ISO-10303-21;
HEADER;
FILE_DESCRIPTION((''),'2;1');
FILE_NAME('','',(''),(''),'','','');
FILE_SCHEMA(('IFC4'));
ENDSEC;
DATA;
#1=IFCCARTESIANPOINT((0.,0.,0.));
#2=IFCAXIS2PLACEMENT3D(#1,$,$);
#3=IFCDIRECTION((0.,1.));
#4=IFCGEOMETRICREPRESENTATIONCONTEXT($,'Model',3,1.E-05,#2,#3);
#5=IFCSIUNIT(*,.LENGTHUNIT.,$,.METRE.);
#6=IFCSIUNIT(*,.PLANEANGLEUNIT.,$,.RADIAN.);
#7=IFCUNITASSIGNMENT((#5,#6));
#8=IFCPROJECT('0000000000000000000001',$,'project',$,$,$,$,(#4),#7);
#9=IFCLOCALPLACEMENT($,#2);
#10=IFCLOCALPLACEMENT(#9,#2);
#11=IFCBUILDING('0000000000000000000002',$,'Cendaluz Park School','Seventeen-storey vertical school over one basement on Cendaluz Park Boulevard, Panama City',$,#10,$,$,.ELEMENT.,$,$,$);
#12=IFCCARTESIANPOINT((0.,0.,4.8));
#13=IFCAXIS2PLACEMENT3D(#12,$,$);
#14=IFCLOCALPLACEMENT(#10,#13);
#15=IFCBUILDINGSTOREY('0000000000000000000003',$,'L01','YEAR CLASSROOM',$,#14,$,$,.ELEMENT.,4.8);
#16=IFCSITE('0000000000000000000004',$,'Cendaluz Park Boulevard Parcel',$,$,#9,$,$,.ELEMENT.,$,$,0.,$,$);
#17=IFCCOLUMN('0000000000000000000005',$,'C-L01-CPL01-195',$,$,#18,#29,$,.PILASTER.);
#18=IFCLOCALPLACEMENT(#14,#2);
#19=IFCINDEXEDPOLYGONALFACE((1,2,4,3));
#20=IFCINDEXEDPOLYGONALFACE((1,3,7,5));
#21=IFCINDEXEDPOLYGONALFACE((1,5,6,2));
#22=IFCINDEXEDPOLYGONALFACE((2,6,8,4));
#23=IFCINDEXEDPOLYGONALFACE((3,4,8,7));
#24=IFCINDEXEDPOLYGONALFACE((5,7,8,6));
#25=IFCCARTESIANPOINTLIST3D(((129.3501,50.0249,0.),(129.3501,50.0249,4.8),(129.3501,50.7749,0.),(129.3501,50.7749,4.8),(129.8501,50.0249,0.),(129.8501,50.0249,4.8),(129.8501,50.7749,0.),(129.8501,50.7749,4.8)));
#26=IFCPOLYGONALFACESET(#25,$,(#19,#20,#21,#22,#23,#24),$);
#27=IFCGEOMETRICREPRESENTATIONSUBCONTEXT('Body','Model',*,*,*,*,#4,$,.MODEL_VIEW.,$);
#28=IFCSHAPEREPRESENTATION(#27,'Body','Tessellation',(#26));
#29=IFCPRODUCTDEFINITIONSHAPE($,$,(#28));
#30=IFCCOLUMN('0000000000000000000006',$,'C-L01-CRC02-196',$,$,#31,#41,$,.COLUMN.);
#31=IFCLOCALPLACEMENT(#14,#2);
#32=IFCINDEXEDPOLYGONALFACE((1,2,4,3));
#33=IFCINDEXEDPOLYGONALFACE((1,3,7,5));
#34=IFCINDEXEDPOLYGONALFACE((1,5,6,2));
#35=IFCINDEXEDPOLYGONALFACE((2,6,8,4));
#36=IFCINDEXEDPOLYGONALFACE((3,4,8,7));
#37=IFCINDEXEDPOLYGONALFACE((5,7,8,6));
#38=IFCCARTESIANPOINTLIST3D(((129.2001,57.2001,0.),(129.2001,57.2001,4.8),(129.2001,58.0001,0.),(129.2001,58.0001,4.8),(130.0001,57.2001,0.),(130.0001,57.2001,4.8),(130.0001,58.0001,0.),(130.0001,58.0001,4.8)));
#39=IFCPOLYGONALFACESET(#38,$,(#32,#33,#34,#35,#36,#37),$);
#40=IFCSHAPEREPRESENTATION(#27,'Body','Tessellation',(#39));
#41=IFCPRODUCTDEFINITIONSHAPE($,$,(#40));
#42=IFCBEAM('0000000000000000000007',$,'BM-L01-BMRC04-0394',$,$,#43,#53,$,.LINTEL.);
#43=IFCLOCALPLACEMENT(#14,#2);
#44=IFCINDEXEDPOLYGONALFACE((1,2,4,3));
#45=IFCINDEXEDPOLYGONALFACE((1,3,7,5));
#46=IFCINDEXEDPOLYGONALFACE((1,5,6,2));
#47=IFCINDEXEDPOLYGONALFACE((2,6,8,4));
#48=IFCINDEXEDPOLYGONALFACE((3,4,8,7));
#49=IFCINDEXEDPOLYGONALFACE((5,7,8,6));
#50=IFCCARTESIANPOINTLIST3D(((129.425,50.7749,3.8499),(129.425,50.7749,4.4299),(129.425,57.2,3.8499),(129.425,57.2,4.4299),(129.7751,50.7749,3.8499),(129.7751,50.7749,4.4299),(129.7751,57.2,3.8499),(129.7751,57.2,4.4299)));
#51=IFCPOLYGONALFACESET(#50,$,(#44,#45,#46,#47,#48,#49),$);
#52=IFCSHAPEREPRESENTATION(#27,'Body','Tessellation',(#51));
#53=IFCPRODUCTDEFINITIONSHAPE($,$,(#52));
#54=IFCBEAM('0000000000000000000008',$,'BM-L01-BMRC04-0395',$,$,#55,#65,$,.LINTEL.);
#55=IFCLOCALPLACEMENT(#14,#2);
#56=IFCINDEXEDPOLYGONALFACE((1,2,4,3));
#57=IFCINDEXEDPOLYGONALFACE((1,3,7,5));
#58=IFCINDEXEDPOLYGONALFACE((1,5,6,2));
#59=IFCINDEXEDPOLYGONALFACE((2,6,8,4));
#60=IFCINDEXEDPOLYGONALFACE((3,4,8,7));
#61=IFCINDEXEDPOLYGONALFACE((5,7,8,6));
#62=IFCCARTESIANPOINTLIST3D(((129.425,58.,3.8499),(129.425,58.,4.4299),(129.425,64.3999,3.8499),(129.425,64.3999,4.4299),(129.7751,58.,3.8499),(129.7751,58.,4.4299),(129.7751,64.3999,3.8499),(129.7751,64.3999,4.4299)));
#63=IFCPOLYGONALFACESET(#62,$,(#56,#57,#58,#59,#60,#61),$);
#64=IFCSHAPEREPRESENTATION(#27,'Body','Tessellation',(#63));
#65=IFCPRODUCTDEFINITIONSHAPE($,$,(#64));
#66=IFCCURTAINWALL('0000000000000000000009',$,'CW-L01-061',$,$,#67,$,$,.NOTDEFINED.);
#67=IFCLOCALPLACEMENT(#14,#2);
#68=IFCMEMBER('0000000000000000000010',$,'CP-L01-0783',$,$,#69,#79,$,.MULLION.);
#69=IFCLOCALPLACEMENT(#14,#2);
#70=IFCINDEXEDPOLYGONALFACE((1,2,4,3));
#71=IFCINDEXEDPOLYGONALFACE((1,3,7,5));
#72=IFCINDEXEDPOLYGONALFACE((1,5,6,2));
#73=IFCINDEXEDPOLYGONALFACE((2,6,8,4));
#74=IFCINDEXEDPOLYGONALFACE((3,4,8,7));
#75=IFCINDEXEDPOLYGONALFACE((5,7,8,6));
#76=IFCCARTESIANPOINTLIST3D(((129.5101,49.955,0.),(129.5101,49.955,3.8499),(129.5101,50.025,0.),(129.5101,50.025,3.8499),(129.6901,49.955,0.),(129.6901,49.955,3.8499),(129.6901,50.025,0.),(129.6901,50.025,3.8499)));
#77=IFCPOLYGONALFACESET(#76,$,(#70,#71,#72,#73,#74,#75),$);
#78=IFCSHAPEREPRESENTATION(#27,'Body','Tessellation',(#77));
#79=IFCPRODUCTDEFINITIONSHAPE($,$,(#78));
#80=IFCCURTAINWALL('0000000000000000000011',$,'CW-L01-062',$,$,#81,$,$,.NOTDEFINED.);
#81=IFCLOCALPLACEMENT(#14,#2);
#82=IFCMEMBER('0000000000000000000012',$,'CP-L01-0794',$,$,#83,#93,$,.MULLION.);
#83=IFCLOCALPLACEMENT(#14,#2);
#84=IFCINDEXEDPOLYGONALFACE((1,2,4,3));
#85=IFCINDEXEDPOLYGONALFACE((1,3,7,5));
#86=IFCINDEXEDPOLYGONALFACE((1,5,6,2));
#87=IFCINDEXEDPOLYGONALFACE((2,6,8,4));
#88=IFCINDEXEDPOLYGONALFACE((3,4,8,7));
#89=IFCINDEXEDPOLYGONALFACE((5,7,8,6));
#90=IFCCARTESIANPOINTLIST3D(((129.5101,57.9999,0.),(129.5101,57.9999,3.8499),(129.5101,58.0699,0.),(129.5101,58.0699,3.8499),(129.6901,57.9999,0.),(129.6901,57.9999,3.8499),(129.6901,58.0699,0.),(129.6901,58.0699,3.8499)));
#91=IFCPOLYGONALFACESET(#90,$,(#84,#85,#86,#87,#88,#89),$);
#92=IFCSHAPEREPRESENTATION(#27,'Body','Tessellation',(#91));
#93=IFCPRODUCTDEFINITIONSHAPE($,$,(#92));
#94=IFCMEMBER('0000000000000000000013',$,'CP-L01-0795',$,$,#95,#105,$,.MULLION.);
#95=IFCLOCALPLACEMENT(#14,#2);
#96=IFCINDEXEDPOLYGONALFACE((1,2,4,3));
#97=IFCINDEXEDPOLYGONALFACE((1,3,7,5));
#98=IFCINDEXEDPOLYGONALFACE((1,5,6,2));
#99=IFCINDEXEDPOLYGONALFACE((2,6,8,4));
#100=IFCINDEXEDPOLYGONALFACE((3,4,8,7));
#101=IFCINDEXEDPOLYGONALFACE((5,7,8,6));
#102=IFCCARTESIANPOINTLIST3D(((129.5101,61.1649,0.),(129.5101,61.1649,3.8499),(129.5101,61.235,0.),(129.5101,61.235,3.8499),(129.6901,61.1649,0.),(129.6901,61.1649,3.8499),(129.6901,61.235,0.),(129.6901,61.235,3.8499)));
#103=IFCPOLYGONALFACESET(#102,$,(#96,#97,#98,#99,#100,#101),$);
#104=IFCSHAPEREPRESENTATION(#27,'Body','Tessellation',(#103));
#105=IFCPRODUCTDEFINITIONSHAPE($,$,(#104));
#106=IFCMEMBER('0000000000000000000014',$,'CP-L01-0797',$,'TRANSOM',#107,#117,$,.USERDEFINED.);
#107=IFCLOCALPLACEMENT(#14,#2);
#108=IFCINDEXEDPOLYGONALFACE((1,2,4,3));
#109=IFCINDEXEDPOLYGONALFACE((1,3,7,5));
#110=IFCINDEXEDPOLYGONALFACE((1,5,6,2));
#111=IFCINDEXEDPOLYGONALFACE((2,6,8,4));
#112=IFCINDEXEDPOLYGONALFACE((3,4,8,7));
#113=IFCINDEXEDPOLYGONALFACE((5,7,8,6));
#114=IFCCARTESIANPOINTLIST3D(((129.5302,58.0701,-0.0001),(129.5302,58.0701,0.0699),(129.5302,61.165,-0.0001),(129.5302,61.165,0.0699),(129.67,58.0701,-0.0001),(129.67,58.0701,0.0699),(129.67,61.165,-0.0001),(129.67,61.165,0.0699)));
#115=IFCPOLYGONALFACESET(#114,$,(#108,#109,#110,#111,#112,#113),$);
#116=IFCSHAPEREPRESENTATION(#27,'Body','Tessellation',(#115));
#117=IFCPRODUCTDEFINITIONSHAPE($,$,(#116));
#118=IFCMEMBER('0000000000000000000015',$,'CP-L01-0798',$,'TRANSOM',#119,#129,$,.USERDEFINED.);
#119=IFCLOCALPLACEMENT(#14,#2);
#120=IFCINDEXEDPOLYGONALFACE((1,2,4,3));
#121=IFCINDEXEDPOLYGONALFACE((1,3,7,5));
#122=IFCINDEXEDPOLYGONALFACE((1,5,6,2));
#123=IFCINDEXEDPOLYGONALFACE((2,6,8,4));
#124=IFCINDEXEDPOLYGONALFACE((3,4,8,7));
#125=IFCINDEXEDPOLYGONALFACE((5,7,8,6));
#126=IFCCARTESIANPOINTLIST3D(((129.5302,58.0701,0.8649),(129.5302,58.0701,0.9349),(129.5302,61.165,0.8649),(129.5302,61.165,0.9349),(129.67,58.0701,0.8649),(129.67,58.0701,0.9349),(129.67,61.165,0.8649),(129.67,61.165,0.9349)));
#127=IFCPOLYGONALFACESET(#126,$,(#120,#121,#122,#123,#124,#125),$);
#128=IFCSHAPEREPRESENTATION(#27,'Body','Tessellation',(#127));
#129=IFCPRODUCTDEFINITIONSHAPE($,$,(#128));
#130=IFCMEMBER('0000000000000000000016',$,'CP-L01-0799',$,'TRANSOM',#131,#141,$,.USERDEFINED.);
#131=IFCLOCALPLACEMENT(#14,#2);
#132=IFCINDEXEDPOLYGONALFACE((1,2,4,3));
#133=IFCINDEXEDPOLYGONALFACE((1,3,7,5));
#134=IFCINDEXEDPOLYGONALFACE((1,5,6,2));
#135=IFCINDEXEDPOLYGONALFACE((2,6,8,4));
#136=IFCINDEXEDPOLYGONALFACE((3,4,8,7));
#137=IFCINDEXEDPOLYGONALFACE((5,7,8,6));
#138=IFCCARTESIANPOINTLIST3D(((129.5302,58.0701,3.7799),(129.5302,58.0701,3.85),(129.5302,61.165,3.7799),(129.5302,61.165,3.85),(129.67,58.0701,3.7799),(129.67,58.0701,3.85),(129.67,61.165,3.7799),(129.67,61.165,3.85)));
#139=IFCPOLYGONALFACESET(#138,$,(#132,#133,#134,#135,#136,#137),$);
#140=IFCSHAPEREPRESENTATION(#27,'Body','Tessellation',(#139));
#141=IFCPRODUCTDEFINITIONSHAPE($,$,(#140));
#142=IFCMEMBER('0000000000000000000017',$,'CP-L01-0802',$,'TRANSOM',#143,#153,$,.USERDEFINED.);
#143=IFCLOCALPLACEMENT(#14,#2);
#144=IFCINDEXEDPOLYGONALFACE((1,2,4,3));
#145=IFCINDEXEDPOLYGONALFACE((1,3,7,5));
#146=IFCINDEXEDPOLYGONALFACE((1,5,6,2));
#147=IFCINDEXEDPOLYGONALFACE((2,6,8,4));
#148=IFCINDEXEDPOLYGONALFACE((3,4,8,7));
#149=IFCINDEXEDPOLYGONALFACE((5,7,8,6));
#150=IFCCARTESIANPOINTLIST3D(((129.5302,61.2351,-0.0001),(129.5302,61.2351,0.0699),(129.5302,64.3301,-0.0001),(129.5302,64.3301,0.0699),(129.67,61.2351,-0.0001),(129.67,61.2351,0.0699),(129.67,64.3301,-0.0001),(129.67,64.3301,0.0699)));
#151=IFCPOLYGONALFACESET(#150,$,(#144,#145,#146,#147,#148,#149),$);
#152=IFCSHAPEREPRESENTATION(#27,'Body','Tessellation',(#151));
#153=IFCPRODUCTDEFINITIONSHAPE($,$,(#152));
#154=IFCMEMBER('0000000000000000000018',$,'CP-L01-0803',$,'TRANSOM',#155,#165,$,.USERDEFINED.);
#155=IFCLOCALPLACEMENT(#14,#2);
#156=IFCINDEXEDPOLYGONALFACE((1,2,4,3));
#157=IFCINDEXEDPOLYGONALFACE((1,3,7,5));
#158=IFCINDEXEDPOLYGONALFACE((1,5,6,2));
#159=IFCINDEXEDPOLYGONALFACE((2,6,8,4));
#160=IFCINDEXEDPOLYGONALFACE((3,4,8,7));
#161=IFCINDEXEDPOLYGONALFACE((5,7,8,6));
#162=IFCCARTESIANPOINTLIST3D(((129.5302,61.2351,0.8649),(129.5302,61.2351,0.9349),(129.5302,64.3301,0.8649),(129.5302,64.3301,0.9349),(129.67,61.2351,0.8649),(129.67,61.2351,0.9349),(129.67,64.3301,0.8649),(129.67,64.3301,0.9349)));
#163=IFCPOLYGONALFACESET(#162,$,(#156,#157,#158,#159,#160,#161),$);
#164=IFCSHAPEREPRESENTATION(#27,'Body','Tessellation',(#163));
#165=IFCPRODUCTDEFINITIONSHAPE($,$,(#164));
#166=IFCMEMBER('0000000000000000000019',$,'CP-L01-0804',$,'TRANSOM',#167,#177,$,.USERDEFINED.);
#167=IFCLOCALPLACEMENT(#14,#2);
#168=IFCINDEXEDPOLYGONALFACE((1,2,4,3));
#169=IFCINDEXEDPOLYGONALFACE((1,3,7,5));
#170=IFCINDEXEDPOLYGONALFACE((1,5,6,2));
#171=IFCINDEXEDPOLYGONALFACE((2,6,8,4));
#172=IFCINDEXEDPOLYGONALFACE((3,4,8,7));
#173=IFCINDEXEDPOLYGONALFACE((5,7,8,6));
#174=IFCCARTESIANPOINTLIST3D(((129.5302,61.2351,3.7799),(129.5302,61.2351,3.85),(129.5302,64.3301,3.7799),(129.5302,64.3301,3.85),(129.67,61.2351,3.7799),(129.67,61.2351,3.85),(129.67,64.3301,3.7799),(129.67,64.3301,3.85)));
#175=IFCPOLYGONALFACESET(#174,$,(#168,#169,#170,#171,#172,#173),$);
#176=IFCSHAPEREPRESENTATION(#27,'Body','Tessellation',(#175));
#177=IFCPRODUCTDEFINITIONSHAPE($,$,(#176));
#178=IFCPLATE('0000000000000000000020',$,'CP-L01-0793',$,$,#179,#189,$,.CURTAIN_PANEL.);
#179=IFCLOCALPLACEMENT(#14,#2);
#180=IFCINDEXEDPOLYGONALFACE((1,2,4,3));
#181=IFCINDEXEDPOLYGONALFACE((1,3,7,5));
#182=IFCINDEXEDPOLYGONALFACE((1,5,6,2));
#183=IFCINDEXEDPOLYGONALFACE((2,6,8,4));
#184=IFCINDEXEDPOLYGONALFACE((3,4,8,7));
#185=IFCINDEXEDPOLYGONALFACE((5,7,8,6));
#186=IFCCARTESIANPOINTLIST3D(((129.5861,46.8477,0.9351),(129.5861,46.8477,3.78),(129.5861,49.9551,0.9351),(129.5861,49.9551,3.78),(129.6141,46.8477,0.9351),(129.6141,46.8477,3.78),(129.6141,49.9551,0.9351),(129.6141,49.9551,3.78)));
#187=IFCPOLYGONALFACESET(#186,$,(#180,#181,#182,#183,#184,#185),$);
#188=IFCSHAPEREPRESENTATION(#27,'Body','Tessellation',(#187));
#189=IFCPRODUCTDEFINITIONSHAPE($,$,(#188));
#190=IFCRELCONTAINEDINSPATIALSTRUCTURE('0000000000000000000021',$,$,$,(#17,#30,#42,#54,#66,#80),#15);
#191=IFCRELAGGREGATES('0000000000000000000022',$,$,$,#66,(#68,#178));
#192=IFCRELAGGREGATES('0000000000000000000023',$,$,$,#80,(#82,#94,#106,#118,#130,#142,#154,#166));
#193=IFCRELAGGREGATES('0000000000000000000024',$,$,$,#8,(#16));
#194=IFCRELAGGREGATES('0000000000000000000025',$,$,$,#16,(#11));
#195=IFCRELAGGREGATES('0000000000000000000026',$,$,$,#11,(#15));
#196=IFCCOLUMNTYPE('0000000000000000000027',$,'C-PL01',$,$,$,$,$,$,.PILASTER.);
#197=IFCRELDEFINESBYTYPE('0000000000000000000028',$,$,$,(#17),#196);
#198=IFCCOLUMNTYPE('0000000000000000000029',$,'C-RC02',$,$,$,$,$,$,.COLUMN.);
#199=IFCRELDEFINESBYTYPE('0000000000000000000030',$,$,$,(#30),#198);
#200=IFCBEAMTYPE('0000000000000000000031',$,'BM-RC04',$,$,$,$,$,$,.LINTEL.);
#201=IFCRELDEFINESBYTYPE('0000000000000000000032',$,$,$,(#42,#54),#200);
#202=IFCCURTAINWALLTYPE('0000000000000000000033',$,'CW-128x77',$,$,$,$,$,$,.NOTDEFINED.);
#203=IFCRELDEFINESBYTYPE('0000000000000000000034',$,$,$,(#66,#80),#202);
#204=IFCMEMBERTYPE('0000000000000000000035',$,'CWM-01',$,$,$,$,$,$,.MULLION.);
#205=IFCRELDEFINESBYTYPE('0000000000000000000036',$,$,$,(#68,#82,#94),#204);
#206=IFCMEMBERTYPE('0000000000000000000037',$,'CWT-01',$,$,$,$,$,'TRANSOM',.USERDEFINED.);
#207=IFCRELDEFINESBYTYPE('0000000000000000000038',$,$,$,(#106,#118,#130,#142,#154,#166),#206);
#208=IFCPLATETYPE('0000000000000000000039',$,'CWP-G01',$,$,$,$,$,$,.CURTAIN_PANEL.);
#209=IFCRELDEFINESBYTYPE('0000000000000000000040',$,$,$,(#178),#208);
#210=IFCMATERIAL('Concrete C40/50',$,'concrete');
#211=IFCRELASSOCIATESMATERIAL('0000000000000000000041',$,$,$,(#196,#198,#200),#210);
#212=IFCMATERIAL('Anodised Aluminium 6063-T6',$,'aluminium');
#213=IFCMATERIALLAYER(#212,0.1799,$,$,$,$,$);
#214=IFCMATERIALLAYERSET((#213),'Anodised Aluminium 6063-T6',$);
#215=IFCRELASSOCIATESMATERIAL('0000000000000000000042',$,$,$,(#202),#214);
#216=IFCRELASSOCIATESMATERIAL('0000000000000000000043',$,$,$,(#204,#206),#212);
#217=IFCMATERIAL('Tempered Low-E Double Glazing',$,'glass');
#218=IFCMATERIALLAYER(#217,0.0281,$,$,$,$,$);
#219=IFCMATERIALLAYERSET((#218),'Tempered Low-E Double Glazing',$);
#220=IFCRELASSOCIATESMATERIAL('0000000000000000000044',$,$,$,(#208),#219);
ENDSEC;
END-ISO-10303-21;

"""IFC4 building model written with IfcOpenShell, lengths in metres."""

from ifc_helpers import new_model, si_unit, direction, frame, origin, origin_2d, place, context, subcontext, project, spatial, rectangle, extrude, material, layer, layer_set, material_profile, profile_set, type_object, element, aggregate, save


model = new_model("IFC4")

# Units and contexts
model_context = context("Model", 3, precision=1e-05, world=origin(), true_north=direction((0.0, 1.0)))
body_context = subcontext(model_context, "Body", "Model", "MODEL_VIEW")
ifc_project = project(units=[si_unit("LENGTHUNIT", "METRE"), si_unit("PLANEANGLEUNIT", "RADIAN")], contexts=[model_context])

# Site, building, storey
site_placement = place(None, origin())
site = spatial("IfcSite", under=ifc_project, at=site_placement, Name="Cendaluz Park Boulevard Parcel", CompositionType="ELEMENT", RefElevation=0.0)
building_placement = place(site_placement, origin())
building = spatial("IfcBuilding", under=site, at=building_placement, Name="Cendaluz Park School", Description="Seventeen-storey vertical school over one basement on Cendaluz Park Boulevard, Panama City", CompositionType="ELEMENT")
storey_placement = place(building_placement, frame((0.0, 0.0, 4.8)))
storey = spatial("IfcBuildingStorey", under=building, at=storey_placement, Name="L01", Description="YEAR CLASSROOM", CompositionType="ELEMENT", Elevation=4.8)

# Columns
ifc_material_1 = material(Name="Concrete C40/50", Category="concrete")
ifc_material_profile_1 = material_profile(ifc_material_1, rectangle(XDim=0.5, YDim=0.75, at=origin_2d()), Name="RC 500x750", Category="concrete")
ifc_profile_set_1 = profile_set([ifc_material_profile_1], Name="Concrete C40/50")
column_type_1 = type_object("IfcColumnType", Name="C-PL01", PredefinedType="PILASTER", material=ifc_profile_set_1)
column_1_placement = place(storey_placement, frame((129.6001, 50.3999, 0.0), z_axis=(0.0, 0.0, 1.0), x_axis=(1.0, 0.0, 0.0)))
element("IfcColumn", 1, at=column_1_placement, inside=storey, type_object=column_type_1, Name="C-L01-CPL01-195", PredefinedType="PILASTER", context=body_context, shape_type="SweptSolid", body=[
    extrude(rectangle(XDim=0.5, YDim=0.75, at=origin_2d()), origin(), (0.0, 0.0, 1.0), 4.8),
])
ifc_material_profile_2 = material_profile(ifc_material_1, rectangle(XDim=0.8, YDim=0.8, at=origin_2d()), Name="RC 800x800", Category="concrete")
ifc_profile_set_2 = profile_set([ifc_material_profile_2], Name="Concrete C40/50")
column_type_2 = type_object("IfcColumnType", Name="C-RC02", PredefinedType="COLUMN", material=ifc_profile_set_2)
column_2_placement = place(storey_placement, frame((129.6001, 57.6001, 0.0), z_axis=(0.0, 0.0, 1.0), x_axis=(1.0, 0.0, 0.0)))
element("IfcColumn", 2, at=column_2_placement, inside=storey, type_object=column_type_2, Name="C-L01-CRC02-196", PredefinedType="COLUMN", context=body_context, shape_type="SweptSolid", body=[
    extrude(rectangle(XDim=0.8, YDim=0.8, at=origin_2d()), origin(), (0.0, 0.0, 1.0), 4.8),
])

# Beams
ifc_material_profile_3 = material_profile(ifc_material_1, rectangle(XDim=0.3501, YDim=0.5801, at=origin_2d()), Name="RC 350x580", Category="concrete")
ifc_profile_set_3 = profile_set([ifc_material_profile_3], Name="Concrete C40/50")
beam_type = type_object("IfcBeamType", Name="BM-RC04", PredefinedType="LINTEL", material=ifc_profile_set_3)
beam_1_placement = place(storey_placement, frame((129.6001, 50.7749, 4.1399), z_axis=(0.0, 1.0, 0.0), x_axis=(-1.0, 0.0, 0.0)))
element("IfcBeam", 3, at=beam_1_placement, inside=storey, type_object=beam_type, Name="BM-L01-BMRC04-0394", PredefinedType="LINTEL", context=body_context, shape_type="SweptSolid", body=[
    extrude(rectangle(XDim=0.3501, YDim=0.5801, at=origin_2d()), origin(), (0.0, 0.0, 1.0), 6.425),
])
beam_2_placement = place(storey_placement, frame((129.6001, 58.0, 4.1399), z_axis=(0.0, 1.0, 0.0), x_axis=(-1.0, 0.0, 0.0)))
element("IfcBeam", 4, at=beam_2_placement, inside=storey, type_object=beam_type, Name="BM-L01-BMRC04-0395", PredefinedType="LINTEL", context=body_context, shape_type="SweptSolid", body=[
    extrude(rectangle(XDim=0.3501, YDim=0.5801, at=origin_2d()), origin(), (0.0, 0.0, 1.0), 6.3999),
])

# Curtain wall, member
ifc_material_2 = material(Name="Anodised Aluminium 6063-T6", Category="aluminium")
ifc_layer_1 = layer(ifc_material_2, 0.1799)
ifc_layer_set_1 = layer_set([ifc_layer_1], Name="Anodised Aluminium 6063-T6")
curtain_wall_type = type_object("IfcCurtainWallType", Name="CW-128x77", PredefinedType="NOTDEFINED", material=ifc_layer_set_1)
curtain_wall_1_placement = place(storey_placement, origin())
curtain_wall_1 = element("IfcCurtainWall", 5, at=curtain_wall_1_placement, inside=storey, type_object=curtain_wall_type, Name="CW-L01-061", PredefinedType="NOTDEFINED")
ifc_material_profile_4 = material_profile(ifc_material_2, rectangle(XDim=0.1799, YDim=0.0701, at=origin_2d()), Name="CWM 180x70", Category="aluminium")
ifc_profile_set_4 = profile_set([ifc_material_profile_4], Name="Anodised Aluminium 6063-T6")
member_type_1 = type_object("IfcMemberType", Name="CWM-01", PredefinedType="MULLION", material=ifc_profile_set_4)
member_1_placement = place(storey_placement, frame((129.6001, 49.99, 0.0), z_axis=(0.0, 0.0, 1.0), x_axis=(-1.0, 0.0, 0.0)))
member_1 = element("IfcMember", 6, at=member_1_placement, type_object=member_type_1, Name="CP-L01-0783", PredefinedType="MULLION", context=body_context, shape_type="SweptSolid", body=[
    extrude(rectangle(XDim=0.1799, YDim=0.0701, at=origin_2d()), origin(), (0.0, 0.0, 1.0), 3.8499),
])

# Curtain wall, members
curtain_wall_2_placement = place(storey_placement, origin())
curtain_wall_2 = element("IfcCurtainWall", 7, at=curtain_wall_2_placement, inside=storey, type_object=curtain_wall_type, Name="CW-L01-062", PredefinedType="NOTDEFINED")
member_2_placement = place(storey_placement, frame((129.6001, 58.0349, 0.0), z_axis=(0.0, 0.0, 1.0), x_axis=(-1.0, 0.0, 0.0)))
member_2 = element("IfcMember", 8, at=member_2_placement, type_object=member_type_1, Name="CP-L01-0794", PredefinedType="MULLION", context=body_context, shape_type="SweptSolid", body=[
    extrude(rectangle(XDim=0.1799, YDim=0.0701, at=origin_2d()), origin(), (0.0, 0.0, 1.0), 3.8499),
])
member_3_placement = place(storey_placement, frame((129.6001, 61.2, 0.0), z_axis=(0.0, 0.0, 1.0), x_axis=(-1.0, 0.0, 0.0)))
member_3 = element("IfcMember", 9, at=member_3_placement, type_object=member_type_1, Name="CP-L01-0795", PredefinedType="MULLION", context=body_context, shape_type="SweptSolid", body=[
    extrude(rectangle(XDim=0.1799, YDim=0.0701, at=origin_2d()), origin(), (0.0, 0.0, 1.0), 3.8499),
])
ifc_material_profile_5 = material_profile(ifc_material_2, rectangle(XDim=0.1399, YDim=0.0701, at=origin_2d()), Name="CWT 140x70", Category="aluminium")
ifc_profile_set_5 = profile_set([ifc_material_profile_5], Name="Anodised Aluminium 6063-T6")
member_type_2 = type_object("IfcMemberType", Name="CWT-01", ElementType="TRANSOM", PredefinedType="USERDEFINED", material=ifc_profile_set_5)
member_4_placement = place(storey_placement, frame((129.6001, 58.0701, 0.0349), z_axis=(0.0, 1.0, 0.0), x_axis=(-1.0, 0.0, 0.0)))
member_4 = element("IfcMember", 10, at=member_4_placement, type_object=member_type_2, Name="CP-L01-0797", ObjectType="TRANSOM", PredefinedType="USERDEFINED", context=body_context, shape_type="SweptSolid", body=[
    extrude(rectangle(XDim=0.1399, YDim=0.0701, at=origin_2d()), origin(), (0.0, 0.0, 1.0), 3.095),
])
member_5_placement = place(storey_placement, frame((129.6001, 58.0701, 0.8999), z_axis=(0.0, 1.0, 0.0), x_axis=(-1.0, 0.0, 0.0)))
member_5 = element("IfcMember", 11, at=member_5_placement, type_object=member_type_2, Name="CP-L01-0798", ObjectType="TRANSOM", PredefinedType="USERDEFINED", context=body_context, shape_type="SweptSolid", body=[
    extrude(rectangle(XDim=0.1399, YDim=0.0701, at=origin_2d()), origin(), (0.0, 0.0, 1.0), 3.095),
])
member_6_placement = place(storey_placement, frame((129.6001, 58.0701, 3.8149), z_axis=(0.0, 1.0, 0.0), x_axis=(-1.0, 0.0, 0.0)))
member_6 = element("IfcMember", 12, at=member_6_placement, type_object=member_type_2, Name="CP-L01-0799", ObjectType="TRANSOM", PredefinedType="USERDEFINED", context=body_context, shape_type="SweptSolid", body=[
    extrude(rectangle(XDim=0.1399, YDim=0.0701, at=origin_2d()), origin(), (0.0, 0.0, 1.0), 3.095),
])
member_7_placement = place(storey_placement, frame((129.6001, 61.2351, 0.0349), z_axis=(0.0, 1.0, 0.0), x_axis=(-1.0, 0.0, 0.0)))
member_7 = element("IfcMember", 13, at=member_7_placement, type_object=member_type_2, Name="CP-L01-0802", ObjectType="TRANSOM", PredefinedType="USERDEFINED", context=body_context, shape_type="SweptSolid", body=[
    extrude(rectangle(XDim=0.1399, YDim=0.0701, at=origin_2d()), origin(), (0.0, 0.0, 1.0), 3.095),
])
member_8_placement = place(storey_placement, frame((129.6001, 61.2351, 0.8999), z_axis=(0.0, 1.0, 0.0), x_axis=(-1.0, 0.0, 0.0)))
member_8 = element("IfcMember", 14, at=member_8_placement, type_object=member_type_2, Name="CP-L01-0803", ObjectType="TRANSOM", PredefinedType="USERDEFINED", context=body_context, shape_type="SweptSolid", body=[
    extrude(rectangle(XDim=0.1399, YDim=0.0701, at=origin_2d()), origin(), (0.0, 0.0, 1.0), 3.095),
])
member_9_placement = place(storey_placement, frame((129.6001, 61.2351, 3.8149), z_axis=(0.0, 1.0, 0.0), x_axis=(-1.0, 0.0, 0.0)))
member_9 = element("IfcMember", 15, at=member_9_placement, type_object=member_type_2, Name="CP-L01-0804", ObjectType="TRANSOM", PredefinedType="USERDEFINED", context=body_context, shape_type="SweptSolid", body=[
    extrude(rectangle(XDim=0.1399, YDim=0.0701, at=origin_2d()), origin(), (0.0, 0.0, 1.0), 3.095),
])

# Plate
ifc_material_3 = material(Name="Tempered Low-E Double Glazing", Category="glass")
ifc_layer_2 = layer(ifc_material_3, 0.0281)
ifc_layer_set_2 = layer_set([ifc_layer_2], Name="Tempered Low-E Double Glazing")
plate_type_1 = type_object("IfcPlateType", Name="CWP-G01", PredefinedType="CURTAIN_PANEL", material=ifc_layer_set_2)
plate_1_placement = place(storey_placement, frame((129.6001, 48.4014, 0.9351), z_axis=(0.0, 0.0, 1.0), x_axis=(0.0, 1.0, 0.0)))
plate_1 = element("IfcPlate", 16, at=plate_1_placement, type_object=plate_type_1, Name="CP-L01-0793", PredefinedType="CURTAIN_PANEL", context=body_context, shape_type="SweptSolid", body=[
    extrude(rectangle(XDim=3.1074, YDim=0.0281, at=origin_2d()), origin(), (0.0, 0.0, 1.0), 2.845),
])
aggregate(curtain_wall_1, [member_1, plate_1])
aggregate(curtain_wall_2, [member_2, member_3, member_4, member_5, member_6, member_7, member_8, member_9])

save(model, "model.ifc")
